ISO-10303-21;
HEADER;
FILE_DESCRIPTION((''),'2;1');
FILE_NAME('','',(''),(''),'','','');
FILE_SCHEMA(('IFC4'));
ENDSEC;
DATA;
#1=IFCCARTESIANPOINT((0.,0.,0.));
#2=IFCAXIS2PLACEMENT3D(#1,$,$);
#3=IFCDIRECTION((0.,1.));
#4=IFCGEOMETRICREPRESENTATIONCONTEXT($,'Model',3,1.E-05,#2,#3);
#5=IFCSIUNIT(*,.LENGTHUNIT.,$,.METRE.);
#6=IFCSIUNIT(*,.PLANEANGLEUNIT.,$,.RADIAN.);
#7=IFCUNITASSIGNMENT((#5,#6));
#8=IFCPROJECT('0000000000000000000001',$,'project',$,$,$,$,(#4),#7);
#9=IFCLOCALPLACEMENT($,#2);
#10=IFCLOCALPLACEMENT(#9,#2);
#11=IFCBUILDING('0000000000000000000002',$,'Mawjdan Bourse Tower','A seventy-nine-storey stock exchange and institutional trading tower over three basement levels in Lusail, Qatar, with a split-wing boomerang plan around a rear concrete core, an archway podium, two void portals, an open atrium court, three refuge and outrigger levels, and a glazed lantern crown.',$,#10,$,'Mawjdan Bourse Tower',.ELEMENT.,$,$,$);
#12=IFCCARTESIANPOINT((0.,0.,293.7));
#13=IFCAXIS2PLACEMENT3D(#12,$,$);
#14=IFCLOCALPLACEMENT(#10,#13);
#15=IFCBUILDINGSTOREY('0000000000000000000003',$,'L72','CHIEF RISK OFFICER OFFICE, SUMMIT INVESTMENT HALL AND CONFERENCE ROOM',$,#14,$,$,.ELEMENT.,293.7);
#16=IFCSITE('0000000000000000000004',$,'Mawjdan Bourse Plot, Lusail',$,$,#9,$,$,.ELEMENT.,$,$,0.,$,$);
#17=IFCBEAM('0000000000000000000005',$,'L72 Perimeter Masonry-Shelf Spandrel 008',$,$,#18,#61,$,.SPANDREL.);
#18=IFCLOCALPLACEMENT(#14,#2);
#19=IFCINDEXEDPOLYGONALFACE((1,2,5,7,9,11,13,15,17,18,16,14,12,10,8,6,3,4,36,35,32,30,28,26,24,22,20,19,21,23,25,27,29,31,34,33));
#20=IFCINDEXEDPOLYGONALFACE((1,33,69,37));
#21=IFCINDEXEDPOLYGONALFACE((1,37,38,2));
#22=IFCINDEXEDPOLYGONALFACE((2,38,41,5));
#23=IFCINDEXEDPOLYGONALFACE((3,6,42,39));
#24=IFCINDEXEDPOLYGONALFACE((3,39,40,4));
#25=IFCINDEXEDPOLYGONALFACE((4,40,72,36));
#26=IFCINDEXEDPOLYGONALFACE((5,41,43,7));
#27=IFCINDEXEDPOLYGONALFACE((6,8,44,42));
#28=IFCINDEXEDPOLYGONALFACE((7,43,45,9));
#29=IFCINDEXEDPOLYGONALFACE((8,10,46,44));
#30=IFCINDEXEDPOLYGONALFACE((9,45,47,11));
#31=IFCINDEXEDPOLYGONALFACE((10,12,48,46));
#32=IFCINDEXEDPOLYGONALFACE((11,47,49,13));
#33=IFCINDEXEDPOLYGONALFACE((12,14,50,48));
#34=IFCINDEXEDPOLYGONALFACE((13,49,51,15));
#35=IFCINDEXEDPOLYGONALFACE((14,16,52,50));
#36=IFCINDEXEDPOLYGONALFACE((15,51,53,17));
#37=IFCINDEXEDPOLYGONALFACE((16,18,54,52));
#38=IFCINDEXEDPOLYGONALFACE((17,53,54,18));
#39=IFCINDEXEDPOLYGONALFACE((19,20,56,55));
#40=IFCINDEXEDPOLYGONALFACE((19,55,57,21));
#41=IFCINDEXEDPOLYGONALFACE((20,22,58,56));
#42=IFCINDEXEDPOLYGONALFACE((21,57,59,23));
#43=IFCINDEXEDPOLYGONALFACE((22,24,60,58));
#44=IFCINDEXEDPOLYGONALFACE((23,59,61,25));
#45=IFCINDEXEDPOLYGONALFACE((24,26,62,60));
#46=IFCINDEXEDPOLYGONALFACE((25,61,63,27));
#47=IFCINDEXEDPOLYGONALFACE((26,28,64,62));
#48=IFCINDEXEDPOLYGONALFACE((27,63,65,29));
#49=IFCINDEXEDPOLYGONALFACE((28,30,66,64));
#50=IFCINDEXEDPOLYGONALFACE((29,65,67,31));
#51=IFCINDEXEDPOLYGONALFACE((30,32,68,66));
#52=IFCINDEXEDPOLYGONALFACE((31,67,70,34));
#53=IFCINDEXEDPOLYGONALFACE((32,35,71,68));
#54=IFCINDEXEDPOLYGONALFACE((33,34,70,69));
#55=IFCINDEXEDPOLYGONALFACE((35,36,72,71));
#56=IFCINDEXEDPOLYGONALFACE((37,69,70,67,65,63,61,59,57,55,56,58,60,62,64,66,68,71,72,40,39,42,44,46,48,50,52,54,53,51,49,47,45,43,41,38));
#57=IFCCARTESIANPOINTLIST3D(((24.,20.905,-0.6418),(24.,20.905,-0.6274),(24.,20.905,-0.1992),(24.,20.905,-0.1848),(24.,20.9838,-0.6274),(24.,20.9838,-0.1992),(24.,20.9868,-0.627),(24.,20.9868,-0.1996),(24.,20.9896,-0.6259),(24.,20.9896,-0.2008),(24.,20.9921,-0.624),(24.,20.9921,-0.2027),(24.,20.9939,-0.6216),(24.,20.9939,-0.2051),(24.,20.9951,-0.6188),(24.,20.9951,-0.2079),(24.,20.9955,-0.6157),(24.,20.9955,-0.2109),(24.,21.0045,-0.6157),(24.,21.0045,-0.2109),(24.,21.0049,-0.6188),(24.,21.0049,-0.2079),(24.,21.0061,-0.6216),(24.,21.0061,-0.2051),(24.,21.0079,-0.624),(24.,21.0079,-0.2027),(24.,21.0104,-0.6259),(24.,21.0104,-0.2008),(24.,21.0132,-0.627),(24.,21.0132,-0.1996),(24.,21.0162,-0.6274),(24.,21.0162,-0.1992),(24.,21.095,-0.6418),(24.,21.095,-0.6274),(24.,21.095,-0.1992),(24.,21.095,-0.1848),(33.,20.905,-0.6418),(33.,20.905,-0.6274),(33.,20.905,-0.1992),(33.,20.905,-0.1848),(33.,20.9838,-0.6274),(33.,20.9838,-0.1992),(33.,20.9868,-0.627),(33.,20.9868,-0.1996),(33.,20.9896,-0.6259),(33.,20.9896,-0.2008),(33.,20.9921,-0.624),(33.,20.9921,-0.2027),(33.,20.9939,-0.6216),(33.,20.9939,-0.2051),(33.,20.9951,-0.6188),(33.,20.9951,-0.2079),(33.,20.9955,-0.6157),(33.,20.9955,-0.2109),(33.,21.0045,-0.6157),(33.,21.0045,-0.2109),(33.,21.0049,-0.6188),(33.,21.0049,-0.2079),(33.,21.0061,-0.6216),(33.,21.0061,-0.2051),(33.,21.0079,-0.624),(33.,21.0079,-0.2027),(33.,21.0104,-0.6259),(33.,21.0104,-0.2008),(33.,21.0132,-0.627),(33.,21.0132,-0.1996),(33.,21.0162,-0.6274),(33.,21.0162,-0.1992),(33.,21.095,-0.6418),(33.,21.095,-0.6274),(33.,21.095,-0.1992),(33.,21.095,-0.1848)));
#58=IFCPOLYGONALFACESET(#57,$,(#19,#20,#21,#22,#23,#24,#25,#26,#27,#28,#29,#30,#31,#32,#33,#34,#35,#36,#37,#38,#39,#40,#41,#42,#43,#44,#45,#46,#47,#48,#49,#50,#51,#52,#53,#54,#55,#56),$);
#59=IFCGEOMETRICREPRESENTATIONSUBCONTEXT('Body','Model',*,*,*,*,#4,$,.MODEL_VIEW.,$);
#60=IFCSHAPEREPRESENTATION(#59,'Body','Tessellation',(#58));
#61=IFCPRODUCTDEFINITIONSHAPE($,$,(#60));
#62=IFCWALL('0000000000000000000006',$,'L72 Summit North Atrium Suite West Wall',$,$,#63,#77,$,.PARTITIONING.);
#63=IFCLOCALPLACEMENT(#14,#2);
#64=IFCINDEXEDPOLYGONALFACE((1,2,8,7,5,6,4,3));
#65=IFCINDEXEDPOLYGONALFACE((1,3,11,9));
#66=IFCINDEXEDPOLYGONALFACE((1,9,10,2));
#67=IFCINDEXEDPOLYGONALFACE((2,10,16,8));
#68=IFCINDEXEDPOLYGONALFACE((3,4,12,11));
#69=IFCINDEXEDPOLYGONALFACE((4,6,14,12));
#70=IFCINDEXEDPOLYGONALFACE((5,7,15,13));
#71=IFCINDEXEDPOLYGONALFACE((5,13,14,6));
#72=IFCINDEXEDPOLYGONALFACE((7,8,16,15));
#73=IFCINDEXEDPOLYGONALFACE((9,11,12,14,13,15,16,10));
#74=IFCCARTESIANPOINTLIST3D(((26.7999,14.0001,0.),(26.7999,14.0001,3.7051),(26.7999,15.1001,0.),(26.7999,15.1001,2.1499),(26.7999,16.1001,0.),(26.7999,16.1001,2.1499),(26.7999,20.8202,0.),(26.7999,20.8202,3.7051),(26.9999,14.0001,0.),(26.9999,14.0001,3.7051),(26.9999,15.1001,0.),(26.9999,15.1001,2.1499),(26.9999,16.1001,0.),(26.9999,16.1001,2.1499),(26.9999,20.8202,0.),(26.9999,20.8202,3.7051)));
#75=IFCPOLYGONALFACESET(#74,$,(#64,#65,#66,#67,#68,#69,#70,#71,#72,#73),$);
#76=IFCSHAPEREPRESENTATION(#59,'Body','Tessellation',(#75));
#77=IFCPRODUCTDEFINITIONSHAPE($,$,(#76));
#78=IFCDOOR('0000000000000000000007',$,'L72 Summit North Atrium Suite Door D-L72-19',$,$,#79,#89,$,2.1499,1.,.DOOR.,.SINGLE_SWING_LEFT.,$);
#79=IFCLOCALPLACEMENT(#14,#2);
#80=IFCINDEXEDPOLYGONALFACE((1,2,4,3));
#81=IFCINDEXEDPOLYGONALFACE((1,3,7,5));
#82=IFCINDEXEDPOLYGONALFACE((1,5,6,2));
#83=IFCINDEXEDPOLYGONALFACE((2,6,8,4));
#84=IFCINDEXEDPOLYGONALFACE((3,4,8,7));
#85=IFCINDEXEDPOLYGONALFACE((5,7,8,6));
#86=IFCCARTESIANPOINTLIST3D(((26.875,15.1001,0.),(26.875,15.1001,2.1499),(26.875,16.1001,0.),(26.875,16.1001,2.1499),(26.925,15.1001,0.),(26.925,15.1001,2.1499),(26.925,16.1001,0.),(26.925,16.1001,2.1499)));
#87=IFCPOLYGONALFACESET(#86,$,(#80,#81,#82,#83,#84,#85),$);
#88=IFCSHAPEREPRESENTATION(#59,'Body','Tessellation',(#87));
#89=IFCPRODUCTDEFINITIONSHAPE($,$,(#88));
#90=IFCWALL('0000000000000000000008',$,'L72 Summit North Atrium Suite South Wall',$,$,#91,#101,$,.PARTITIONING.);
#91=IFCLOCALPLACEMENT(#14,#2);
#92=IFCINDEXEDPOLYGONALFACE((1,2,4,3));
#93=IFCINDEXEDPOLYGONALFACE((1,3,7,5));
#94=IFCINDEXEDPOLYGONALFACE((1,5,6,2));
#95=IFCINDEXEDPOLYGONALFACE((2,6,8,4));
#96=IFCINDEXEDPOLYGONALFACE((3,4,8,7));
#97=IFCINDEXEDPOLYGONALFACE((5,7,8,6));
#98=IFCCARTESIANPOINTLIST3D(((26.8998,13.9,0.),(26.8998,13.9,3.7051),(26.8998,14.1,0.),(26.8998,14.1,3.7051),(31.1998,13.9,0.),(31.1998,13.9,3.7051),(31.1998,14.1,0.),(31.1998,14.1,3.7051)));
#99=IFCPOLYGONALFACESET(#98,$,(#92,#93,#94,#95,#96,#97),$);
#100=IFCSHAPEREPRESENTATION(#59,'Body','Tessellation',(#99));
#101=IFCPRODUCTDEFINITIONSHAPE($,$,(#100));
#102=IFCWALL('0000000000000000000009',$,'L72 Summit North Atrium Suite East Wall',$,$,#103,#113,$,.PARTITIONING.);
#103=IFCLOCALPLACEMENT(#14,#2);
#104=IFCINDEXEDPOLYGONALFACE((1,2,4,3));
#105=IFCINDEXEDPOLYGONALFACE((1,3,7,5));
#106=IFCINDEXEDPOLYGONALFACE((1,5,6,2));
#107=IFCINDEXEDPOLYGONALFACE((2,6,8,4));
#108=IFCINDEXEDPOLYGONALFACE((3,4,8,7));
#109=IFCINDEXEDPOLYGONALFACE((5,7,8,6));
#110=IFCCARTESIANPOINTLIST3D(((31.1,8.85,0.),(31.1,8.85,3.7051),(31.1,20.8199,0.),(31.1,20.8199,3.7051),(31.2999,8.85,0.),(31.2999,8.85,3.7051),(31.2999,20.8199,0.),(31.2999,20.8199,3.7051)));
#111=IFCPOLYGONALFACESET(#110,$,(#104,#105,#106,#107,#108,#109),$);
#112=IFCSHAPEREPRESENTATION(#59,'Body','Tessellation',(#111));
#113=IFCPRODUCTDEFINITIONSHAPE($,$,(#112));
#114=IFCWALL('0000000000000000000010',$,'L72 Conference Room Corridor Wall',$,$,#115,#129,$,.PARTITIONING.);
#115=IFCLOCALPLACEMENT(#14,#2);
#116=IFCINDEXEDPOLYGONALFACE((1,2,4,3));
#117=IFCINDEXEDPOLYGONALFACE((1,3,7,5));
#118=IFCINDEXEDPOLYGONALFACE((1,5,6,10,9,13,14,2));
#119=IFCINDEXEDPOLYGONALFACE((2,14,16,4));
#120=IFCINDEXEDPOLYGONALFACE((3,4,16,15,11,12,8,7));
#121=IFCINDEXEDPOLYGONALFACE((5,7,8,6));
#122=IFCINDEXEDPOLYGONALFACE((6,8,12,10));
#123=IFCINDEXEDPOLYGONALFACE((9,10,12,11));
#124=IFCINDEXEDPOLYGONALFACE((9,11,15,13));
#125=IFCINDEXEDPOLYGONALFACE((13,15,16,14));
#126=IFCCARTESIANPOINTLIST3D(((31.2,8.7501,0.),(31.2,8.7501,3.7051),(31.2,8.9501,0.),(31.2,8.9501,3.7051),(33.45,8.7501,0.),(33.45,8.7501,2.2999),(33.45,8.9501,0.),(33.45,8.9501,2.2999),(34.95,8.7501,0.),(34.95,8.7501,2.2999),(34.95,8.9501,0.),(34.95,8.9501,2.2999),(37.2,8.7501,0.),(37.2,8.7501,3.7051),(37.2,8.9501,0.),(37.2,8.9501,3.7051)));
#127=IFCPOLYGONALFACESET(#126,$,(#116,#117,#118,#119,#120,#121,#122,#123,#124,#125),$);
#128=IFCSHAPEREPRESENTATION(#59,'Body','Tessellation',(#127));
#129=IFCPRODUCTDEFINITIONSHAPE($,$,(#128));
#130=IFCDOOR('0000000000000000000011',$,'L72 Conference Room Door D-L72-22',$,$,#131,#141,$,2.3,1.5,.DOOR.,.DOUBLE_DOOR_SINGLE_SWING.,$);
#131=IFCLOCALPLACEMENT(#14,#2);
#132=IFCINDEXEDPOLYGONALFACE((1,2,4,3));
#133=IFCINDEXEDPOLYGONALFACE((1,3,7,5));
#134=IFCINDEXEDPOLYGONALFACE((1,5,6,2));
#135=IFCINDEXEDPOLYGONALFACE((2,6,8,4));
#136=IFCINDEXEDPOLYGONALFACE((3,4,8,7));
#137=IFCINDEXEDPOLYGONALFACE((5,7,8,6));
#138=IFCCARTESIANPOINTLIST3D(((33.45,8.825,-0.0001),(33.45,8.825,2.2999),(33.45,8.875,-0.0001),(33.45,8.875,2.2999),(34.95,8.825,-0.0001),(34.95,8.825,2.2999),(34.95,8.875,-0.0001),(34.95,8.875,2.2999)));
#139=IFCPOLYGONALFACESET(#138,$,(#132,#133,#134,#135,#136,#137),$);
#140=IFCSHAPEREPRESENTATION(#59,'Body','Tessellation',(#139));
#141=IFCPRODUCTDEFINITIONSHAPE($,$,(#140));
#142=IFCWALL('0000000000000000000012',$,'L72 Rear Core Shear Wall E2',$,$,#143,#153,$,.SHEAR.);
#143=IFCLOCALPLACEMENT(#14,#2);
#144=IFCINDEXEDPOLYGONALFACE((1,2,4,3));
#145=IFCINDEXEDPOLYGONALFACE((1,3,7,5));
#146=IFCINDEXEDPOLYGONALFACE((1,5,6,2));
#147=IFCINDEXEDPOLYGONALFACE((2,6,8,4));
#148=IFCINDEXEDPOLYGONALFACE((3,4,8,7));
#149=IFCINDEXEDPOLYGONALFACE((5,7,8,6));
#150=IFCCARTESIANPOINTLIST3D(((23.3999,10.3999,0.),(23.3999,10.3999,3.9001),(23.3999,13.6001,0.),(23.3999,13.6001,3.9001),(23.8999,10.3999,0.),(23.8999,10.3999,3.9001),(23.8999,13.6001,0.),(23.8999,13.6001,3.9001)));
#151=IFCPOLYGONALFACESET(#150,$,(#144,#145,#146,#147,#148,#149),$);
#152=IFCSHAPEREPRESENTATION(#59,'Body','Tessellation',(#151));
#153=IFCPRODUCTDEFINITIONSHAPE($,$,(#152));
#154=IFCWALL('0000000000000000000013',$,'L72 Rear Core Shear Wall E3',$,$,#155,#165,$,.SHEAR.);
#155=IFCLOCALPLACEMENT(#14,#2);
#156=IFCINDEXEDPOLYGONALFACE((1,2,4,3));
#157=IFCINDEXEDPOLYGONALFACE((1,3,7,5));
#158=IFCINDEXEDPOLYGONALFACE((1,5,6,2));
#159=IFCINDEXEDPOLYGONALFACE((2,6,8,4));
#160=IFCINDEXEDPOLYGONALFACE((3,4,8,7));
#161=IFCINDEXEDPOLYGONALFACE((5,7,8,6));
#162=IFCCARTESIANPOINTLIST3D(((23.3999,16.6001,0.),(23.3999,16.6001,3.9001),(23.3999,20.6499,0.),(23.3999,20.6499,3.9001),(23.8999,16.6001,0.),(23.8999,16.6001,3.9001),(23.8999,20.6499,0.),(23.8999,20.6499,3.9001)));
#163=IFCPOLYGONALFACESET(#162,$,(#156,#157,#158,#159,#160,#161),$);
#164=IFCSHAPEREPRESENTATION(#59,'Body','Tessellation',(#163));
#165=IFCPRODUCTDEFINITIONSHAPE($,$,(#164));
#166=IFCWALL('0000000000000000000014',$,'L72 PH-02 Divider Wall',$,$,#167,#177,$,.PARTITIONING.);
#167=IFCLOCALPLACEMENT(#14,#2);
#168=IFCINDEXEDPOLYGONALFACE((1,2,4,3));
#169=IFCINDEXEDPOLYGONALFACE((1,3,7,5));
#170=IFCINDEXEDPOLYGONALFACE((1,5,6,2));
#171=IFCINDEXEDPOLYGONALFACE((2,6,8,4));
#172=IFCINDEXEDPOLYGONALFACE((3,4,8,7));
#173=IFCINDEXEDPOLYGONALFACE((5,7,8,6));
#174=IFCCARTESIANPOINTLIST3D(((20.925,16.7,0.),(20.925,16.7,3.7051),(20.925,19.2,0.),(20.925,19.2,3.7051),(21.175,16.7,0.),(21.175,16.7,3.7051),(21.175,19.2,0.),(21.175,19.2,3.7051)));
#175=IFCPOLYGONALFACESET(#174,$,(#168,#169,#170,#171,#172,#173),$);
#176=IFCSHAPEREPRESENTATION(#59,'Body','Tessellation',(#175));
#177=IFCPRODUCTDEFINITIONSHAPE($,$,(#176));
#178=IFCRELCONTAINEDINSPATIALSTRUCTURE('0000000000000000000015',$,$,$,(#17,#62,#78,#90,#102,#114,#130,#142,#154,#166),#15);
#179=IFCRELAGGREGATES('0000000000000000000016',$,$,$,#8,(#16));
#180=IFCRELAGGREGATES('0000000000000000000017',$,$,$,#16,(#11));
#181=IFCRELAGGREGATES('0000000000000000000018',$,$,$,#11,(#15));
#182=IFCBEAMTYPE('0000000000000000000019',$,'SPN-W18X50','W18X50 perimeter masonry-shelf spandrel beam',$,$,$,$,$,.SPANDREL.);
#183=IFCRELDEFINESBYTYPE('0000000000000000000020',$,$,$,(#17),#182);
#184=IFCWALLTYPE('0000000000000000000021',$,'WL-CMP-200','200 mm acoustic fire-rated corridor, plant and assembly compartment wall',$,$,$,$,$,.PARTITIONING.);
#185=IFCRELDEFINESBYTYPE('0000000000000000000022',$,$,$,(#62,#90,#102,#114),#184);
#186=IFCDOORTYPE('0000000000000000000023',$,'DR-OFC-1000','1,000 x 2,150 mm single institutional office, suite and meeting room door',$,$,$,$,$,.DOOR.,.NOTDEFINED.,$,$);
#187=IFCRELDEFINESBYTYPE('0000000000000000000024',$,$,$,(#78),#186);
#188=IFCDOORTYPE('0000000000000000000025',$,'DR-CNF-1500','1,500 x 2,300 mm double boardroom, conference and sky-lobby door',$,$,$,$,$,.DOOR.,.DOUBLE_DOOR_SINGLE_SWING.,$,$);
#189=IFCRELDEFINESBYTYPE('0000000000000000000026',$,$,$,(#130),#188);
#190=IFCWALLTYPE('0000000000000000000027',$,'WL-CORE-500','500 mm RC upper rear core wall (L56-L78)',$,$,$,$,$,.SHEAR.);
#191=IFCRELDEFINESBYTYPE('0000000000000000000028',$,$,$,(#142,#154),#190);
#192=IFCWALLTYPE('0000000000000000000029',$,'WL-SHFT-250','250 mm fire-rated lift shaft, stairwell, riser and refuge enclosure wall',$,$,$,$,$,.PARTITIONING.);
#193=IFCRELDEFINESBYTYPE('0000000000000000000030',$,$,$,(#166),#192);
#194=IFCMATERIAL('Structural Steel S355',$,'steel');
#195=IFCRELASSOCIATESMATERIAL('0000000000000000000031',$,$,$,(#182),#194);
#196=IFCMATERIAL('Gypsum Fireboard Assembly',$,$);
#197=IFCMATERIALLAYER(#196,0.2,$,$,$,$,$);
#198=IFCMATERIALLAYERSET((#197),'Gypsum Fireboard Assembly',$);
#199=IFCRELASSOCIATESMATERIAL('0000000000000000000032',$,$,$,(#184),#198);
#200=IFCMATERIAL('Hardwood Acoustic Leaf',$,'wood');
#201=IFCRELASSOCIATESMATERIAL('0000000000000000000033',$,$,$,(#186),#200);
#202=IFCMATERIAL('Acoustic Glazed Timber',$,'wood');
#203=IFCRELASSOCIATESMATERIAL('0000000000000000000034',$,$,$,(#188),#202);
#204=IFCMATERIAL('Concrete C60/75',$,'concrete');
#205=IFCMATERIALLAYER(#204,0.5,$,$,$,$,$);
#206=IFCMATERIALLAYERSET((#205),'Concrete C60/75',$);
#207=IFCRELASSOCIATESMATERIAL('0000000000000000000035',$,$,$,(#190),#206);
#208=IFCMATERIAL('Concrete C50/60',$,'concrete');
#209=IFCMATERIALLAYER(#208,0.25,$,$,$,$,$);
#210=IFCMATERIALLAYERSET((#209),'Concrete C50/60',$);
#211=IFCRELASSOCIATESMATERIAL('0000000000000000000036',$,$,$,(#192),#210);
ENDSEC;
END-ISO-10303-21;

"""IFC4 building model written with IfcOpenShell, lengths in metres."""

from ifc_helpers import new_model, si_unit, direction, frame, frame_2d, origin, origin_2d, place, context, subcontext, project, spatial, rectangle, i_section, extrude, material, layer, layer_set, material_profile, profile_set, type_object, element, fill, save


model = new_model("IFC4")

# Units and contexts
model_context = context("Model", 3, precision=1e-05, world=origin(), true_north=direction((0.0, 1.0)))
body_context = subcontext(model_context, "Body", "Model", "MODEL_VIEW")
ifc_project = project(units=[si_unit("LENGTHUNIT", "METRE"), si_unit("PLANEANGLEUNIT", "RADIAN")], contexts=[model_context])

# Site, building, storey
site_placement = place(None, origin())
site = spatial("IfcSite", under=ifc_project, at=site_placement, Name="Mawjdan Bourse Plot, Lusail", CompositionType="ELEMENT", RefElevation=0.0)
building_placement = place(site_placement, origin())
building = spatial("IfcBuilding", under=site, at=building_placement, Name="Mawjdan Bourse Tower", Description="A seventy-nine-storey stock exchange and institutional trading tower over three basement levels in Lusail, Qatar, with a split-wing boomerang plan around a rear concrete core, an archway podium, two void portals, an open atrium court, three refuge and outrigger levels, and a glazed lantern crown.", LongName="Mawjdan Bourse Tower", CompositionType="ELEMENT")
storey_placement = place(building_placement, frame((0.0, 0.0, 293.7)))
storey = spatial("IfcBuildingStorey", under=building, at=storey_placement, Name="L72", Description="CHIEF RISK OFFICER OFFICE, SUMMIT INVESTMENT HALL AND CONFERENCE ROOM", CompositionType="ELEMENT", Elevation=293.7)

# Shared definitions
ifc_material_1 = material(Name="Concrete C60/75", Category="concrete")

# Beam
ifc_material_2 = material(Name="Structural Steel S355", Category="steel")
ifc_material_profile_1 = material_profile(ifc_material_2, i_section(OverallWidth=0.1899, OverallDepth=0.457, WebThickness=0.009, FlangeThickness=0.0144, FilletRadius=0.0117, at=origin_2d()), Name="W18X50")
ifc_profile_set_1 = profile_set([ifc_material_profile_1], Name="Structural Steel S355")
beam_type_1 = type_object("IfcBeamType", Name="SPN-W18X50", Description="W18X50 perimeter masonry-shelf spandrel beam", PredefinedType="SPANDREL", material=ifc_profile_set_1)
beam_1_placement = place(storey_placement, frame((24.0, 21.0, -0.4133), z_axis=(1.0, 0.0, 0.0), x_axis=(0.0, 1.0, 0.0)))
element("IfcBeam", 1, at=beam_1_placement, inside=storey, type_object=beam_type_1, Name="L72 Perimeter Masonry-Shelf Spandrel 008", PredefinedType="SPANDREL", context=body_context, shape_type="SweptSolid", body=[
    extrude(i_section(OverallWidth=0.1899, OverallDepth=0.457, WebThickness=0.009, FlangeThickness=0.0144, FilletRadius=0.0117, at=origin_2d()), origin(), (0.0, 0.0, 1.0), 9.0),
])

# Wall, opening, door
ifc_material_3 = material(Name="Gypsum Fireboard Assembly")
ifc_layer_1 = layer(ifc_material_3, 0.2)
ifc_layer_set_1 = layer_set([ifc_layer_1], Name="Gypsum Fireboard Assembly")
wall_type_1 = type_object("IfcWallType", Name="WL-CMP-200", Description="200 mm acoustic fire-rated corridor, plant and assembly compartment wall", PredefinedType="PARTITIONING", material=ifc_layer_set_1)
ifc_material_4 = material(Name="Hardwood Acoustic Leaf", Category="wood")
door_type_1 = type_object("IfcDoorType", Name="DR-OFC-1000", Description="1,000 x 2,150 mm single institutional office, suite and meeting room door", OperationType="NOTDEFINED", PredefinedType="DOOR", material=ifc_material_4)
wall_1_placement = place(storey_placement, frame((26.8999, 14.0, 0.0), z_axis=(0.0, 0.0, 1.0), x_axis=(0.0, 1.0, 0.0)))
wall_1 = element("IfcWall", 2, at=wall_1_placement, inside=storey, type_object=wall_type_1, Name="L72 Summit North Atrium Suite West Wall", PredefinedType="PARTITIONING", context=body_context, shape_type="SweptSolid", body=[
    extrude(rectangle(XDim=6.8201, YDim=0.2, at=frame_2d((3.4102, 0.0))), origin(), (0.0, 0.0, 1.0), 3.7051),
])
opening_1_placement = place(wall_1_placement, frame((1.1001, 0.0, 0.0)))
opening_1 = element("IfcOpeningElement", 3, at=opening_1_placement, cuts=wall_1, PredefinedType="OPENING", context=body_context, shape_type="SweptSolid", body=[
    extrude(rectangle(XDim=1.0, YDim=2.1499, at=frame_2d((0.5, 1.075))), frame((0.0, 0.1099, 0.0), z_axis=(0.0, -1.0, 0.0), x_axis=(1.0, 0.0, 0.0)), (0.0, 0.0, 1.0), 0.22),
])
door_1_placement = place(opening_1_placement, origin())
door_1 = element("IfcDoor", 4, at=door_1_placement, inside=storey, type_object=door_type_1, Name="L72 Summit North Atrium Suite Door D-L72-19", OperationType="SINGLE_SWING_LEFT", OverallHeight=2.1499, OverallWidth=1.0, PredefinedType="DOOR", context=body_context, shape_type="SweptSolid", body=[
    extrude(rectangle(XDim=1.0, YDim=2.1499, at=frame_2d((0.5, 1.075))), frame((0.0, 0.0249, 0.0), z_axis=(0.0, -1.0, 0.0), x_axis=(1.0, 0.0, 0.0)), (0.0, 0.0, 1.0), 0.05),
])
fill(opening_1, door_1)

# Walls
wall_2_placement = place(storey_placement, frame((26.8999, 14.0, 0.0), z_axis=(0.0, 0.0, 1.0), x_axis=(1.0, 0.0, 0.0)))
element("IfcWall", 5, at=wall_2_placement, inside=storey, type_object=wall_type_1, Name="L72 Summit North Atrium Suite South Wall", PredefinedType="PARTITIONING", context=body_context, shape_type="SweptSolid", body=[
    extrude(rectangle(XDim=4.3, YDim=0.2, at=frame_2d((2.1499, 0.0))), origin(), (0.0, 0.0, 1.0), 3.7051),
])
wall_3_placement = place(storey_placement, frame((31.2, 8.8501, 0.0), z_axis=(0.0, 0.0, 1.0), x_axis=(0.0, 1.0, 0.0)))
element("IfcWall", 6, at=wall_3_placement, inside=storey, type_object=wall_type_1, Name="L72 Summit North Atrium Suite East Wall", PredefinedType="PARTITIONING", context=body_context, shape_type="SweptSolid", body=[
    extrude(rectangle(XDim=11.97, YDim=0.2, at=frame_2d((5.9849, 0.0))), origin(), (0.0, 0.0, 1.0), 3.7051),
])

# Wall, opening, door
wall_4_placement = place(storey_placement, frame((31.2, 8.8501, 0.0), z_axis=(0.0, 0.0, 1.0), x_axis=(1.0, 0.0, 0.0)))
wall_4 = element("IfcWall", 7, at=wall_4_placement, inside=storey, type_object=wall_type_1, Name="L72 Conference Room Corridor Wall", PredefinedType="PARTITIONING", context=body_context, shape_type="SweptSolid", body=[
    extrude(rectangle(XDim=6.0, YDim=0.2, at=frame_2d((3.0, 0.0))), origin(), (0.0, 0.0, 1.0), 3.7051),
])
opening_2_placement = place(wall_4_placement, frame((2.25, 0.0, 0.0)))
opening_2 = element("IfcOpeningElement", 8, at=opening_2_placement, cuts=wall_4, PredefinedType="OPENING", context=body_context, shape_type="SweptSolid", body=[
    extrude(rectangle(XDim=1.5, YDim=2.3, at=frame_2d((0.75, 1.1499))), frame((0.0, 0.1099, 0.0), z_axis=(0.0, -1.0, 0.0), x_axis=(1.0, 0.0, 0.0)), (0.0, 0.0, 1.0), 0.22),
])
ifc_material_5 = material(Name="Acoustic Glazed Timber", Category="wood")
door_type_2 = type_object("IfcDoorType", Name="DR-CNF-1500", Description="1,500 x 2,300 mm double boardroom, conference and sky-lobby door", OperationType="DOUBLE_DOOR_SINGLE_SWING", PredefinedType="DOOR", material=ifc_material_5)
door_2_placement = place(opening_2_placement, origin())
door_2 = element("IfcDoor", 9, at=door_2_placement, inside=storey, type_object=door_type_2, Name="L72 Conference Room Door D-L72-22", OperationType="DOUBLE_DOOR_SINGLE_SWING", OverallHeight=2.3, OverallWidth=1.5, PredefinedType="DOOR", context=body_context, shape_type="SweptSolid", body=[
    extrude(rectangle(XDim=1.5, YDim=2.3, at=frame_2d((0.75, 1.1499))), frame((0.0, 0.0249, 0.0), z_axis=(0.0, -1.0, 0.0), x_axis=(1.0, 0.0, 0.0)), (0.0, 0.0, 1.0), 0.05),
])
fill(opening_2, door_2)

# Walls
ifc_layer_2 = layer(ifc_material_1, 0.5)
ifc_layer_set_2 = layer_set([ifc_layer_2], Name="Concrete C60/75")
wall_type_2 = type_object("IfcWallType", Name="WL-CORE-500", Description="500 mm RC upper rear core wall (L56-L78)", PredefinedType="SHEAR", material=ifc_layer_set_2)
wall_5_placement = place(storey_placement, frame((23.6499, 10.3999, 0.0), z_axis=(0.0, 0.0, 1.0), x_axis=(0.0, 1.0, 0.0)))
element("IfcWall", 10, at=wall_5_placement, inside=storey, type_object=wall_type_2, Name="L72 Rear Core Shear Wall E2", PredefinedType="SHEAR", context=body_context, shape_type="SweptSolid", body=[
    extrude(rectangle(XDim=3.2002, YDim=0.5, at=frame_2d((1.6001, 0.0))), origin(), (0.0, 0.0, 1.0), 3.9001),
])
wall_6_placement = place(storey_placement, frame((23.6499, 16.6001, 0.0), z_axis=(0.0, 0.0, 1.0), x_axis=(0.0, 1.0, 0.0)))
element("IfcWall", 11, at=wall_6_placement, inside=storey, type_object=wall_type_2, Name="L72 Rear Core Shear Wall E3", PredefinedType="SHEAR", context=body_context, shape_type="SweptSolid", body=[
    extrude(rectangle(XDim=4.0498, YDim=0.5, at=frame_2d((2.0249, 0.0))), origin(), (0.0, 0.0, 1.0), 3.9001),
])
ifc_material_6 = material(Name="Concrete C50/60", Category="concrete")
ifc_layer_3 = layer(ifc_material_6, 0.25)
ifc_layer_set_3 = layer_set([ifc_layer_3], Name="Concrete C50/60")
wall_type_3 = type_object("IfcWallType", Name="WL-SHFT-250", Description="250 mm fire-rated lift shaft, stairwell, riser and refuge enclosure wall", PredefinedType="PARTITIONING", material=ifc_layer_set_3)
wall_7_placement = place(storey_placement, frame((21.05, 16.7, 0.0), z_axis=(0.0, 0.0, 1.0), x_axis=(0.0, 1.0, 0.0)))
element("IfcWall", 12, at=wall_7_placement, inside=storey, type_object=wall_type_3, Name="L72 PH-02 Divider Wall", PredefinedType="PARTITIONING", context=body_context, shape_type="SweptSolid", body=[
    extrude(rectangle(XDim=2.5, YDim=0.25, at=frame_2d((1.25, 0.0))), origin(), (0.0, 0.0, 1.0), 3.7051),
])

save(model, "model.ifc")
